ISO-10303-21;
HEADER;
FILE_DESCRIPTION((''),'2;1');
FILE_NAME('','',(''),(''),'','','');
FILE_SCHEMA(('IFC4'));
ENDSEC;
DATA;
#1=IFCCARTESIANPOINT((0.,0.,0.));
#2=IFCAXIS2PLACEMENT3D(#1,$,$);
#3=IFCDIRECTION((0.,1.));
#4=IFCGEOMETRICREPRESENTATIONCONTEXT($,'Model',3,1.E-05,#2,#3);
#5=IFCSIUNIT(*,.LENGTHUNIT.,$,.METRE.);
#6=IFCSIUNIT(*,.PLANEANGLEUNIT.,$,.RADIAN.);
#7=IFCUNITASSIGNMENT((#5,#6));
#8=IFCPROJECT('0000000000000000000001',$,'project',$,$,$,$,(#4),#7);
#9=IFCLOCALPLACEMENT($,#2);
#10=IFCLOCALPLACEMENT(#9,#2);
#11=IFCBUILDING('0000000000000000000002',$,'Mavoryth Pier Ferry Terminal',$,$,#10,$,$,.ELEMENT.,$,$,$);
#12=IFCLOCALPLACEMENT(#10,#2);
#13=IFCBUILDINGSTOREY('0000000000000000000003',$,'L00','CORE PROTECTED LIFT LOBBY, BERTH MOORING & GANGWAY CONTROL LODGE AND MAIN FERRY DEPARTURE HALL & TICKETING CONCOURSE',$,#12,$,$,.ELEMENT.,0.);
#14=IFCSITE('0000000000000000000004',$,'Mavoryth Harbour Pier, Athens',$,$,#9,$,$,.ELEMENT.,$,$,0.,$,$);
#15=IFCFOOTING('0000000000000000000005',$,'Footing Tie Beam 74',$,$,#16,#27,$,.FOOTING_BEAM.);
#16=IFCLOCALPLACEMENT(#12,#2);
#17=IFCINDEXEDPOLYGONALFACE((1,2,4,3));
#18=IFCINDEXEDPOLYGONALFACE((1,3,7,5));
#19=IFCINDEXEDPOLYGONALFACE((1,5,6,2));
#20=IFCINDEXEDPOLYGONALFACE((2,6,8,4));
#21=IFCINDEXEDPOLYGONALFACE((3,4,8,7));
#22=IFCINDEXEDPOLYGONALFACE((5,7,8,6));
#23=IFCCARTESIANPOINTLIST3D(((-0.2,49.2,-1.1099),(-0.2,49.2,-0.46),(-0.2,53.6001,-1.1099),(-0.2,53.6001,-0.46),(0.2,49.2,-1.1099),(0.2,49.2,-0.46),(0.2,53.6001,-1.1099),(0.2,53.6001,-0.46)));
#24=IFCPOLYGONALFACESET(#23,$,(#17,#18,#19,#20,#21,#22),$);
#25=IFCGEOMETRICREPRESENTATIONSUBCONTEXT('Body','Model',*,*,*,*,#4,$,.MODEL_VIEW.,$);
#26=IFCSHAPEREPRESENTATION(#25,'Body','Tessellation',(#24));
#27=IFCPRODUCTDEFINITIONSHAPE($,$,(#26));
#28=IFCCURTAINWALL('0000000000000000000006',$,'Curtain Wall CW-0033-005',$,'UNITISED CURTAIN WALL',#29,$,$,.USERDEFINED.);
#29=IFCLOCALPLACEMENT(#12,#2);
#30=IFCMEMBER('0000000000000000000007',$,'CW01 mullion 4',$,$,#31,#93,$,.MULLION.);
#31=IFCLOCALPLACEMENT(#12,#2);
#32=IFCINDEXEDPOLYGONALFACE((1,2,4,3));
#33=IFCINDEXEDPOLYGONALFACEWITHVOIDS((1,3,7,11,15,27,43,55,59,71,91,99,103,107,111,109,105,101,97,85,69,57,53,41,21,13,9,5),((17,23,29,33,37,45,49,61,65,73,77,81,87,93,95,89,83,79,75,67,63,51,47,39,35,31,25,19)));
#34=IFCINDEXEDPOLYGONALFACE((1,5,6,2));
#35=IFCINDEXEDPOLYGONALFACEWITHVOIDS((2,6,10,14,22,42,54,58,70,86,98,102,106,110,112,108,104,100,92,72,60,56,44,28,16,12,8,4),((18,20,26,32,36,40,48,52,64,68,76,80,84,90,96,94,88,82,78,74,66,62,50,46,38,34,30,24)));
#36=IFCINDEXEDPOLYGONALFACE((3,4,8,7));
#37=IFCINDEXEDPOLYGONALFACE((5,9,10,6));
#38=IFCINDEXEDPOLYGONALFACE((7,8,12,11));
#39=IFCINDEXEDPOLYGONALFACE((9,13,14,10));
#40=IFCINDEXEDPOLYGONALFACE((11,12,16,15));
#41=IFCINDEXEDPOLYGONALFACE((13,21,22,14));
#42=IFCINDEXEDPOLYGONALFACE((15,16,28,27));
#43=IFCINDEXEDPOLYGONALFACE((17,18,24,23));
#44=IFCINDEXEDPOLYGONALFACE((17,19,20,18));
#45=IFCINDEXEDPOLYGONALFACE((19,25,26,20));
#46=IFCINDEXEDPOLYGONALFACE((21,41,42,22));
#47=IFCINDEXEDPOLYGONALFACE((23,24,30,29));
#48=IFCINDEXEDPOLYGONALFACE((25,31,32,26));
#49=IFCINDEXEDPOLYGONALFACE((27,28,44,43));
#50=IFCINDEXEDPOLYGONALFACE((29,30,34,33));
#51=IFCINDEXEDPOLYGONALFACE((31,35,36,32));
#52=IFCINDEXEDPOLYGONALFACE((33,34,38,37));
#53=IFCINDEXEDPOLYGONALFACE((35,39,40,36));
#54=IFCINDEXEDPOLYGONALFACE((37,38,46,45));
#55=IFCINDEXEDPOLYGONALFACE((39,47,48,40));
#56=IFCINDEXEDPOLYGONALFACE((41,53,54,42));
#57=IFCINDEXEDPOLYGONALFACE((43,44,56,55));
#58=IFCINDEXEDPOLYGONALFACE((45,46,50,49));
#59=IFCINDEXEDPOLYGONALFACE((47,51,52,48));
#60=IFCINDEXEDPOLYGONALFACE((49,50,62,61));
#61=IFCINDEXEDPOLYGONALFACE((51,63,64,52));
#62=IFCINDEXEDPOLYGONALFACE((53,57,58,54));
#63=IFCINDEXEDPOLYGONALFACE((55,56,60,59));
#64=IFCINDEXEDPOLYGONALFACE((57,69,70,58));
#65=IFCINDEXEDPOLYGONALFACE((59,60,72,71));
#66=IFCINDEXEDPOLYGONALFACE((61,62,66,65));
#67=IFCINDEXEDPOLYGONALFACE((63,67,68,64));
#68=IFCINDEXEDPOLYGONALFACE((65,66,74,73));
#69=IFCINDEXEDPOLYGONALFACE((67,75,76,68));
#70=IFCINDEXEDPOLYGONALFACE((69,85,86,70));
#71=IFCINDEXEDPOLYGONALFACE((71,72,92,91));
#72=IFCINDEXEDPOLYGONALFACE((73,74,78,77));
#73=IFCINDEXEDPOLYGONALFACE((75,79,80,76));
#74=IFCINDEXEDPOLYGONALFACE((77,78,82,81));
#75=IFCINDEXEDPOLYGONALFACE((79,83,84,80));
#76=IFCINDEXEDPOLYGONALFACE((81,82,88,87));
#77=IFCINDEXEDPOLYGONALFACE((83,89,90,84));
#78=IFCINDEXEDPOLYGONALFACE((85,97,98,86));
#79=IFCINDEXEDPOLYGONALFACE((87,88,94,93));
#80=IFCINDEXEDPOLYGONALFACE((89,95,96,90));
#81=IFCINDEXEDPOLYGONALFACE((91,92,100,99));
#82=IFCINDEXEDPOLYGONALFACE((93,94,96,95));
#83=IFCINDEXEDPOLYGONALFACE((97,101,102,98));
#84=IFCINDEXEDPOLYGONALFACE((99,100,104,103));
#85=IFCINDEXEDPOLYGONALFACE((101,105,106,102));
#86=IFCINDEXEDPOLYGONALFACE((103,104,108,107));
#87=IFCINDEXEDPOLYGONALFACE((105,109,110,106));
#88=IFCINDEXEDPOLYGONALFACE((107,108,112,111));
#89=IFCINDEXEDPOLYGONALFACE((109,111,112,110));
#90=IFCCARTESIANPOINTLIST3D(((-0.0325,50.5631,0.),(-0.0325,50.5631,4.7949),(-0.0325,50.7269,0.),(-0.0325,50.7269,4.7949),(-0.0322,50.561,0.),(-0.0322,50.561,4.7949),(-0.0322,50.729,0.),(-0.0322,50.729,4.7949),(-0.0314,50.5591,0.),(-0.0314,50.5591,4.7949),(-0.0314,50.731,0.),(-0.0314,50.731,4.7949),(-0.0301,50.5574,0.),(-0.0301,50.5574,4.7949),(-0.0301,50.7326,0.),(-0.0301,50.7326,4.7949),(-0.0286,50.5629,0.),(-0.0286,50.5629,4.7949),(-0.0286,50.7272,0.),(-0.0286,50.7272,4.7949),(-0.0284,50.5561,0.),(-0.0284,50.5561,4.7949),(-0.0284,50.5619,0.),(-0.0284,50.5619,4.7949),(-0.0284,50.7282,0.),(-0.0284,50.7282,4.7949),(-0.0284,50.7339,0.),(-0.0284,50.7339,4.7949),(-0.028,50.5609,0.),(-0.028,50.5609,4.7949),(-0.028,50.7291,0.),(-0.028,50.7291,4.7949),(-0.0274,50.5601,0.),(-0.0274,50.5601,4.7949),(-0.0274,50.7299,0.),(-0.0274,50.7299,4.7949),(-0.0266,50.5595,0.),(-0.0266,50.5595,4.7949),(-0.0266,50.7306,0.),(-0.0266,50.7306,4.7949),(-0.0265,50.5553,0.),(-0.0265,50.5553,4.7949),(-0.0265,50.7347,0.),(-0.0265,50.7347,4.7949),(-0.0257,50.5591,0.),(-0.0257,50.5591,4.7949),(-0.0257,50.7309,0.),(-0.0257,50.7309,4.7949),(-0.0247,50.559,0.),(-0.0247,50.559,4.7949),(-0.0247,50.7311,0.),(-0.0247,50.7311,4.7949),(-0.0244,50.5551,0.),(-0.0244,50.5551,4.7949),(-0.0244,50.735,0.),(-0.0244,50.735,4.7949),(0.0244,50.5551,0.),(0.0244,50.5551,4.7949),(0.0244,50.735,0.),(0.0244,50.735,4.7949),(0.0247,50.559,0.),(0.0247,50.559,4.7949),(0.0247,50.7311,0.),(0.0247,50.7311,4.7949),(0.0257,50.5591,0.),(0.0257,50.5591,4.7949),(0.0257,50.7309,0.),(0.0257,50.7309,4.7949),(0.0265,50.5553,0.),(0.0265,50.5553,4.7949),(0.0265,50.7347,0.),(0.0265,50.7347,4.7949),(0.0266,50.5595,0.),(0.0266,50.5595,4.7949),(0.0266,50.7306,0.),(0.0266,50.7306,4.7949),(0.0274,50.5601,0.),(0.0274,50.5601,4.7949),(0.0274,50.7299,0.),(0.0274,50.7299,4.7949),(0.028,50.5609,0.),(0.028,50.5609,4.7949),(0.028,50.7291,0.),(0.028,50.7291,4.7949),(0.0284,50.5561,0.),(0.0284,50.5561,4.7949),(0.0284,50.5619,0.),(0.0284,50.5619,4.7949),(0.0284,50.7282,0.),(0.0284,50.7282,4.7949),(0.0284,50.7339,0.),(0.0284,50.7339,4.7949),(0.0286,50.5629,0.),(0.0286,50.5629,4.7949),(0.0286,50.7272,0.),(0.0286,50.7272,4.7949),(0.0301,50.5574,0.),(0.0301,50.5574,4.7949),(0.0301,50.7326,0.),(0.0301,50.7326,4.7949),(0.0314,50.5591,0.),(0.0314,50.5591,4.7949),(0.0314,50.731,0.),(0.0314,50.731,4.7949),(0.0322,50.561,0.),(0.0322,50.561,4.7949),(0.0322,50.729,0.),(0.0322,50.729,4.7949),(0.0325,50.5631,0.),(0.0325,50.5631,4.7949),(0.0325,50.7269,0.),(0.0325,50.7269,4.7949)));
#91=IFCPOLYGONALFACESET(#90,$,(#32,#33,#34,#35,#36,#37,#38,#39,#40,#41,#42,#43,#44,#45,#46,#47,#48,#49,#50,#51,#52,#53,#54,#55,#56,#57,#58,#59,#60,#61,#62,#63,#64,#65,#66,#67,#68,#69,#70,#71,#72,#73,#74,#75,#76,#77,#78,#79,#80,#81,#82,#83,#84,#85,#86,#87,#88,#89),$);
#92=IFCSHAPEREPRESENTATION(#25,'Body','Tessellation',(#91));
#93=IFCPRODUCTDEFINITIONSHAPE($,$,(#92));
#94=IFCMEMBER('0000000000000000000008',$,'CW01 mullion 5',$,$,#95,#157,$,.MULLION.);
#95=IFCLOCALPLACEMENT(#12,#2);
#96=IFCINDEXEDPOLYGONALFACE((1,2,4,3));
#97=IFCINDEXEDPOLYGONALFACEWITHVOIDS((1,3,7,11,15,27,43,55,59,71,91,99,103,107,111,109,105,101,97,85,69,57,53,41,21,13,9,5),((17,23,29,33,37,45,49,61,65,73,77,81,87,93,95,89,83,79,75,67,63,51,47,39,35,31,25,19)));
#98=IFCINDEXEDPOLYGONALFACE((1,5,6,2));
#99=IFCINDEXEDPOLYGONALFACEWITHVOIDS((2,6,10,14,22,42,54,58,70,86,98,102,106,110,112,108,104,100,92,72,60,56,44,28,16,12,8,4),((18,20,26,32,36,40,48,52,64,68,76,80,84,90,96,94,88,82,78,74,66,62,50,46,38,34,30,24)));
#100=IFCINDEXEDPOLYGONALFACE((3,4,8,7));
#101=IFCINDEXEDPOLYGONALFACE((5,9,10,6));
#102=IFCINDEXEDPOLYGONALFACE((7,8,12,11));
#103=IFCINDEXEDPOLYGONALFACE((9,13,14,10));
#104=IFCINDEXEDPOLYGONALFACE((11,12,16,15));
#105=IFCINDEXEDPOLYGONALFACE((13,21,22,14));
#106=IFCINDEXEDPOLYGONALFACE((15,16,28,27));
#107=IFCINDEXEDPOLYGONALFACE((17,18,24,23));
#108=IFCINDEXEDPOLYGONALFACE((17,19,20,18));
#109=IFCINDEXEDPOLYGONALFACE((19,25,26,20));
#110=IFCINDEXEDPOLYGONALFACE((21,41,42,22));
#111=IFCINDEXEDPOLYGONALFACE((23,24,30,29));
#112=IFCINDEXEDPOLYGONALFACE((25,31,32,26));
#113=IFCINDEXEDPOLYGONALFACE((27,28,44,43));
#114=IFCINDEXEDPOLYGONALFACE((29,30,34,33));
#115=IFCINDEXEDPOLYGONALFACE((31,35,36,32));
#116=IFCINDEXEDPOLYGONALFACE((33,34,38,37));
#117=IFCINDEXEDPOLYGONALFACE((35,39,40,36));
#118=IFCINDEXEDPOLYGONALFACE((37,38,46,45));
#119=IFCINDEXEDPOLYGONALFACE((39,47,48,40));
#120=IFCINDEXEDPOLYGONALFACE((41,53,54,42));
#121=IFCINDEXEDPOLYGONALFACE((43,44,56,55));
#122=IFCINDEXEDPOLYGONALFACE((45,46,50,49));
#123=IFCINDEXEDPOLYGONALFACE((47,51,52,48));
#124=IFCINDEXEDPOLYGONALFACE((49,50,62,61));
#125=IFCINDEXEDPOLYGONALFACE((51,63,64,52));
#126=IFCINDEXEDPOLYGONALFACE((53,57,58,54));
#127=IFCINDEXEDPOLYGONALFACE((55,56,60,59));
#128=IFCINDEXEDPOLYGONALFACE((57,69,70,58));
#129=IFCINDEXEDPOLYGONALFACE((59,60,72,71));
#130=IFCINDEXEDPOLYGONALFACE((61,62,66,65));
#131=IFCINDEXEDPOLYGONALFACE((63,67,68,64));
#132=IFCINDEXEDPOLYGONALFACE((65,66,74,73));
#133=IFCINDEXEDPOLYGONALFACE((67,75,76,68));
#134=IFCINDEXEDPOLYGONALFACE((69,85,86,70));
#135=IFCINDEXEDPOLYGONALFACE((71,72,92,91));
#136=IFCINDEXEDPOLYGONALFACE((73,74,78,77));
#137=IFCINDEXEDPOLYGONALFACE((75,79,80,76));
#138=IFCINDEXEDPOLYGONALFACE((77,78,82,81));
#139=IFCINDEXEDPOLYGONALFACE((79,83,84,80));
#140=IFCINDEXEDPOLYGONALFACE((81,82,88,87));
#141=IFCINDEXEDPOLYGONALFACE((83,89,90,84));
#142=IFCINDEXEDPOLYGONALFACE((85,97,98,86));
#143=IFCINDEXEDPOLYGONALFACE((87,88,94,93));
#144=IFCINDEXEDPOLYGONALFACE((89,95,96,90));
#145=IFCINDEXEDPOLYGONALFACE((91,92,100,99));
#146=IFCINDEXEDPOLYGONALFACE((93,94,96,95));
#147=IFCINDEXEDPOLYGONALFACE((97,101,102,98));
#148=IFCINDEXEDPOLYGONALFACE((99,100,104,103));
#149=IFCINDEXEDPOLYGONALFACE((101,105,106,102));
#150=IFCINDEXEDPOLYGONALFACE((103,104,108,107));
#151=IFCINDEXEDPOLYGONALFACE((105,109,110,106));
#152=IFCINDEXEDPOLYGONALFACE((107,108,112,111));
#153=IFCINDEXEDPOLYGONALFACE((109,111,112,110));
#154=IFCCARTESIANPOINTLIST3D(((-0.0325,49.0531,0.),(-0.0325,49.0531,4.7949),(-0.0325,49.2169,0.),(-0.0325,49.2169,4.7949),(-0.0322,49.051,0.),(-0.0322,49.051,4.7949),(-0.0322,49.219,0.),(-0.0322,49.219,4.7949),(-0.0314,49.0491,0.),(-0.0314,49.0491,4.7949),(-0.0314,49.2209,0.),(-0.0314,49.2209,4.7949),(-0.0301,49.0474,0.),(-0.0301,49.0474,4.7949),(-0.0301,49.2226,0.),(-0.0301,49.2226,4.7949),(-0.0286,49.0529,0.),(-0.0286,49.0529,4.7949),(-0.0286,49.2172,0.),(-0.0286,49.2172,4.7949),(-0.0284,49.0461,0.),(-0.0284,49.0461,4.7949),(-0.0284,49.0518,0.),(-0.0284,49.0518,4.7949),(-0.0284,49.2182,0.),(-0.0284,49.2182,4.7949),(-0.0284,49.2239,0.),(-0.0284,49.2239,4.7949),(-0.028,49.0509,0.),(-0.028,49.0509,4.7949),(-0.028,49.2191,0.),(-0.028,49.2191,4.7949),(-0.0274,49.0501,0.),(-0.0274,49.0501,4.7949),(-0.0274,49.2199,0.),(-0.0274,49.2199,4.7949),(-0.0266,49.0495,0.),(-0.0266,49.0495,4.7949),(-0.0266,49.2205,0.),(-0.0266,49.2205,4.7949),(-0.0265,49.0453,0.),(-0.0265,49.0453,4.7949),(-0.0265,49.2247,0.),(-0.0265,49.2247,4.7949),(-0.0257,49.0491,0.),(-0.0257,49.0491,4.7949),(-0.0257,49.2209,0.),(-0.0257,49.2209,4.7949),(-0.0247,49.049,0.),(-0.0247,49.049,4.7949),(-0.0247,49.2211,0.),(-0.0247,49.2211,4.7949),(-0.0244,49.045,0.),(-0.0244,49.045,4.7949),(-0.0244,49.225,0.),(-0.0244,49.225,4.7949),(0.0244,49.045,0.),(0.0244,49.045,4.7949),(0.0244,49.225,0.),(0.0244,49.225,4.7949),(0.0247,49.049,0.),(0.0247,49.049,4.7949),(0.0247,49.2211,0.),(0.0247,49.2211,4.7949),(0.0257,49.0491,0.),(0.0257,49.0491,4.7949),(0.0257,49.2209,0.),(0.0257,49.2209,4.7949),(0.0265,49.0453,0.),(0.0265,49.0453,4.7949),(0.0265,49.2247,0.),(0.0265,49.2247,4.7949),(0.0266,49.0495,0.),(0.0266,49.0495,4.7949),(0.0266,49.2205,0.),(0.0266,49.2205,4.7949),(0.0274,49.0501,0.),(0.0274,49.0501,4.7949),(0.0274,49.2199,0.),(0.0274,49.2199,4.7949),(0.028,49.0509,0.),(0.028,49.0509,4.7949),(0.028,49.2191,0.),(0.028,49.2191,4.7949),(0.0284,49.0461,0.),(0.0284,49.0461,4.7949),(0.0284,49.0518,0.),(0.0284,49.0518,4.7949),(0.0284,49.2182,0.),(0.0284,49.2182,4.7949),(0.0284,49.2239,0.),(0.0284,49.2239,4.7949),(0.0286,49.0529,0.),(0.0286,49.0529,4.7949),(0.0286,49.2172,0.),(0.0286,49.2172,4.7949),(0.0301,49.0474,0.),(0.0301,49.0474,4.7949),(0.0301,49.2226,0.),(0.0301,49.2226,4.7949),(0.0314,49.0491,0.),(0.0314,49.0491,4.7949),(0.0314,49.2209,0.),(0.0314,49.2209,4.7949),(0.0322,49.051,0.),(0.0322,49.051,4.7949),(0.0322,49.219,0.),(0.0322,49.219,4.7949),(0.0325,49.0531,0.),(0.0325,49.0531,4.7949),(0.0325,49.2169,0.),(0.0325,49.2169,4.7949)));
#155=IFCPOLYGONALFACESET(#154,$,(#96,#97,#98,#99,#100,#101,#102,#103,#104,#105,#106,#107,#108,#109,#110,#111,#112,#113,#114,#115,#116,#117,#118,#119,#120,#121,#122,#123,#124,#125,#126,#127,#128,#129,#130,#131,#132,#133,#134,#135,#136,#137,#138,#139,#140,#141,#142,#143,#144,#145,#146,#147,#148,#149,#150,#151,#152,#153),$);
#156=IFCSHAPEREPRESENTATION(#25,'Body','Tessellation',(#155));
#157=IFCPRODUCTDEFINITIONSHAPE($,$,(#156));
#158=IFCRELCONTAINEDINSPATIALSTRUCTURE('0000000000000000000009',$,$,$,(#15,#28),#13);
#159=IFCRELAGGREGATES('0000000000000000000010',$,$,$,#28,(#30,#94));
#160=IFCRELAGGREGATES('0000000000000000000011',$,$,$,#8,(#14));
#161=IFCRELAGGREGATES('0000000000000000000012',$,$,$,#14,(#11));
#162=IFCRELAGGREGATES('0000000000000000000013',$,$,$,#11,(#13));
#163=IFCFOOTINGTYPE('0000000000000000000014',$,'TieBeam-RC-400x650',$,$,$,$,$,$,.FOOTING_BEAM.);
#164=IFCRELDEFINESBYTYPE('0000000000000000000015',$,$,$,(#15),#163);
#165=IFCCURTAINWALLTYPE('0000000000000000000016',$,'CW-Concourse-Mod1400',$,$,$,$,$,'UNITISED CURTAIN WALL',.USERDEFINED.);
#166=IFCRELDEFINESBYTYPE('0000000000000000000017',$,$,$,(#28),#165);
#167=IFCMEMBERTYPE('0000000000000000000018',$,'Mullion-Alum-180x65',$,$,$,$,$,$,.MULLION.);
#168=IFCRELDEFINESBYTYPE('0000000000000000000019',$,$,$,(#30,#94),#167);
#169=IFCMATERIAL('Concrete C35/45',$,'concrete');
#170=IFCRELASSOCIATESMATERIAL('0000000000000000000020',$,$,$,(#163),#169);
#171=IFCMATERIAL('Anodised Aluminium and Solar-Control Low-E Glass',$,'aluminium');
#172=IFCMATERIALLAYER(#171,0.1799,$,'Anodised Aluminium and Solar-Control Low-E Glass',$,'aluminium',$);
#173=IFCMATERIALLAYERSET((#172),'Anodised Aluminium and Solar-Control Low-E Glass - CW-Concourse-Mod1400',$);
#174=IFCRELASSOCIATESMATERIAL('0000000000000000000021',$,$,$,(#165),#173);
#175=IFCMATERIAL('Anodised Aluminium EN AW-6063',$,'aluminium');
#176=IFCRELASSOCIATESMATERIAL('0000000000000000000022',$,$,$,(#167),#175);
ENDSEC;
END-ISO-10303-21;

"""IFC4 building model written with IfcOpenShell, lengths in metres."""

from ifc_helpers import new_model, si_unit, direction, frame, origin, origin_2d, place, context, subcontext, project, spatial, rectangle, hollow_rectangle, extrude, material, layer, layer_set, material_profile, profile_set, type_object, element, aggregate, save


model = new_model("IFC4")

# Units and contexts
model_context = context("Model", 3, precision=1e-05, world=origin(), true_north=direction((0.0, 1.0)))
body_context = subcontext(model_context, "Body", "Model", "MODEL_VIEW")
ifc_project = project(units=[si_unit("LENGTHUNIT", "METRE"), si_unit("PLANEANGLEUNIT", "RADIAN")], contexts=[model_context])

# Site, building, storey
site_placement = place(None, origin())
site = spatial("IfcSite", under=ifc_project, at=site_placement, Name="Mavoryth Harbour Pier, Athens", CompositionType="ELEMENT", RefElevation=0.0)
building_placement = place(site_placement, origin())
building = spatial("IfcBuilding", under=site, at=building_placement, Name="Mavoryth Pier Ferry Terminal", CompositionType="ELEMENT")
storey_placement = place(building_placement, origin())
storey = spatial("IfcBuildingStorey", under=building, at=storey_placement, Name="L00", Description="CORE PROTECTED LIFT LOBBY, BERTH MOORING & GANGWAY CONTROL LODGE AND MAIN FERRY DEPARTURE HALL & TICKETING CONCOURSE", CompositionType="ELEMENT", Elevation=0.0)

# Footing
ifc_material_1 = material(Name="Concrete C35/45", Category="concrete")
ifc_material_profile_1 = material_profile(ifc_material_1, rectangle(XDim=0.3999, YDim=0.6499, at=origin_2d()), Name="RC 400x650", Category="concrete")
ifc_profile_set_1 = profile_set([ifc_material_profile_1], Name="Concrete C35/45 - RC 400x650")
footing_type = type_object("IfcFootingType", Name="TieBeam-RC-400x650", PredefinedType="FOOTING_BEAM", material=ifc_profile_set_1)
footing_placement = place(storey_placement, frame((0.0, 49.2, -0.7849), z_axis=(0.0, 1.0, 0.0), x_axis=(-1.0, 0.0, 0.0)))
element("IfcFooting", 1, at=footing_placement, inside=storey, type_object=footing_type, Name="Footing Tie Beam 74", PredefinedType="FOOTING_BEAM", context=body_context, shape_type="SweptSolid", body=[
    extrude(rectangle(XDim=0.3999, YDim=0.6499, at=origin_2d()), origin(), (0.0, 0.0, 1.0), 4.4001),
])

# Curtain wall, members
ifc_material_2 = material(Name="Anodised Aluminium and Solar-Control Low-E Glass", Category="aluminium")
ifc_layer_1 = layer(ifc_material_2, 0.1799, Name="Anodised Aluminium and Solar-Control Low-E Glass", Category="aluminium")
ifc_layer_set_1 = layer_set([ifc_layer_1], Name="Anodised Aluminium and Solar-Control Low-E Glass - CW-Concourse-Mod1400")
curtain_wall_type = type_object("IfcCurtainWallType", Name="CW-Concourse-Mod1400", ElementType="UNITISED CURTAIN WALL", PredefinedType="USERDEFINED", material=ifc_layer_set_1)
curtain_wall_placement = place(storey_placement, origin())
curtain_wall = element("IfcCurtainWall", 2, at=curtain_wall_placement, inside=storey, type_object=curtain_wall_type, Name="Curtain Wall CW-0033-005", ObjectType="UNITISED CURTAIN WALL", PredefinedType="USERDEFINED")
ifc_material_3 = material(Name="Anodised Aluminium EN AW-6063", Category="aluminium")
ifc_material_profile_2 = material_profile(ifc_material_3, hollow_rectangle(XDim=0.0649, YDim=0.1799, WallThickness=0.0039, InnerFilletRadius=0.0039, OuterFilletRadius=0.0081, at=origin_2d()), Name="AL-MULL 180x65x4", Category="aluminium")
ifc_profile_set_2 = profile_set([ifc_material_profile_2], Name="Anodised Aluminium EN AW-6063 - AL-MULL 180x65x4")
member_type_1 = type_object("IfcMemberType", Name="Mullion-Alum-180x65", PredefinedType="MULLION", material=ifc_profile_set_2)
member_1_placement = place(storey_placement, frame((0.0, 50.645, 0.0), z_axis=(0.0, 0.0, 1.0), x_axis=(1.0, 0.0, 0.0)))
member_1 = element("IfcMember", 3, at=member_1_placement, type_object=member_type_1, Name="CW01 mullion 4", PredefinedType="MULLION", context=body_context, shape_type="SweptSolid", body=[
    extrude(hollow_rectangle(XDim=0.0649, YDim=0.1799, WallThickness=0.0039, InnerFilletRadius=0.0039, OuterFilletRadius=0.0081, at=origin_2d()), origin(), (0.0, 0.0, 1.0), 4.7949),
])
member_2_placement = place(storey_placement, frame((0.0, 49.135, 0.0), z_axis=(0.0, 0.0, 1.0), x_axis=(1.0, 0.0, 0.0)))
member_2 = element("IfcMember", 4, at=member_2_placement, type_object=member_type_1, Name="CW01 mullion 5", PredefinedType="MULLION", context=body_context, shape_type="SweptSolid", body=[
    extrude(hollow_rectangle(XDim=0.0649, YDim=0.1799, WallThickness=0.0039, InnerFilletRadius=0.0039, OuterFilletRadius=0.0081, at=origin_2d()), origin(), (0.0, 0.0, 1.0), 4.7949),
])
aggregate(curtain_wall, [member_1, member_2])

save(model, "model.ifc")
